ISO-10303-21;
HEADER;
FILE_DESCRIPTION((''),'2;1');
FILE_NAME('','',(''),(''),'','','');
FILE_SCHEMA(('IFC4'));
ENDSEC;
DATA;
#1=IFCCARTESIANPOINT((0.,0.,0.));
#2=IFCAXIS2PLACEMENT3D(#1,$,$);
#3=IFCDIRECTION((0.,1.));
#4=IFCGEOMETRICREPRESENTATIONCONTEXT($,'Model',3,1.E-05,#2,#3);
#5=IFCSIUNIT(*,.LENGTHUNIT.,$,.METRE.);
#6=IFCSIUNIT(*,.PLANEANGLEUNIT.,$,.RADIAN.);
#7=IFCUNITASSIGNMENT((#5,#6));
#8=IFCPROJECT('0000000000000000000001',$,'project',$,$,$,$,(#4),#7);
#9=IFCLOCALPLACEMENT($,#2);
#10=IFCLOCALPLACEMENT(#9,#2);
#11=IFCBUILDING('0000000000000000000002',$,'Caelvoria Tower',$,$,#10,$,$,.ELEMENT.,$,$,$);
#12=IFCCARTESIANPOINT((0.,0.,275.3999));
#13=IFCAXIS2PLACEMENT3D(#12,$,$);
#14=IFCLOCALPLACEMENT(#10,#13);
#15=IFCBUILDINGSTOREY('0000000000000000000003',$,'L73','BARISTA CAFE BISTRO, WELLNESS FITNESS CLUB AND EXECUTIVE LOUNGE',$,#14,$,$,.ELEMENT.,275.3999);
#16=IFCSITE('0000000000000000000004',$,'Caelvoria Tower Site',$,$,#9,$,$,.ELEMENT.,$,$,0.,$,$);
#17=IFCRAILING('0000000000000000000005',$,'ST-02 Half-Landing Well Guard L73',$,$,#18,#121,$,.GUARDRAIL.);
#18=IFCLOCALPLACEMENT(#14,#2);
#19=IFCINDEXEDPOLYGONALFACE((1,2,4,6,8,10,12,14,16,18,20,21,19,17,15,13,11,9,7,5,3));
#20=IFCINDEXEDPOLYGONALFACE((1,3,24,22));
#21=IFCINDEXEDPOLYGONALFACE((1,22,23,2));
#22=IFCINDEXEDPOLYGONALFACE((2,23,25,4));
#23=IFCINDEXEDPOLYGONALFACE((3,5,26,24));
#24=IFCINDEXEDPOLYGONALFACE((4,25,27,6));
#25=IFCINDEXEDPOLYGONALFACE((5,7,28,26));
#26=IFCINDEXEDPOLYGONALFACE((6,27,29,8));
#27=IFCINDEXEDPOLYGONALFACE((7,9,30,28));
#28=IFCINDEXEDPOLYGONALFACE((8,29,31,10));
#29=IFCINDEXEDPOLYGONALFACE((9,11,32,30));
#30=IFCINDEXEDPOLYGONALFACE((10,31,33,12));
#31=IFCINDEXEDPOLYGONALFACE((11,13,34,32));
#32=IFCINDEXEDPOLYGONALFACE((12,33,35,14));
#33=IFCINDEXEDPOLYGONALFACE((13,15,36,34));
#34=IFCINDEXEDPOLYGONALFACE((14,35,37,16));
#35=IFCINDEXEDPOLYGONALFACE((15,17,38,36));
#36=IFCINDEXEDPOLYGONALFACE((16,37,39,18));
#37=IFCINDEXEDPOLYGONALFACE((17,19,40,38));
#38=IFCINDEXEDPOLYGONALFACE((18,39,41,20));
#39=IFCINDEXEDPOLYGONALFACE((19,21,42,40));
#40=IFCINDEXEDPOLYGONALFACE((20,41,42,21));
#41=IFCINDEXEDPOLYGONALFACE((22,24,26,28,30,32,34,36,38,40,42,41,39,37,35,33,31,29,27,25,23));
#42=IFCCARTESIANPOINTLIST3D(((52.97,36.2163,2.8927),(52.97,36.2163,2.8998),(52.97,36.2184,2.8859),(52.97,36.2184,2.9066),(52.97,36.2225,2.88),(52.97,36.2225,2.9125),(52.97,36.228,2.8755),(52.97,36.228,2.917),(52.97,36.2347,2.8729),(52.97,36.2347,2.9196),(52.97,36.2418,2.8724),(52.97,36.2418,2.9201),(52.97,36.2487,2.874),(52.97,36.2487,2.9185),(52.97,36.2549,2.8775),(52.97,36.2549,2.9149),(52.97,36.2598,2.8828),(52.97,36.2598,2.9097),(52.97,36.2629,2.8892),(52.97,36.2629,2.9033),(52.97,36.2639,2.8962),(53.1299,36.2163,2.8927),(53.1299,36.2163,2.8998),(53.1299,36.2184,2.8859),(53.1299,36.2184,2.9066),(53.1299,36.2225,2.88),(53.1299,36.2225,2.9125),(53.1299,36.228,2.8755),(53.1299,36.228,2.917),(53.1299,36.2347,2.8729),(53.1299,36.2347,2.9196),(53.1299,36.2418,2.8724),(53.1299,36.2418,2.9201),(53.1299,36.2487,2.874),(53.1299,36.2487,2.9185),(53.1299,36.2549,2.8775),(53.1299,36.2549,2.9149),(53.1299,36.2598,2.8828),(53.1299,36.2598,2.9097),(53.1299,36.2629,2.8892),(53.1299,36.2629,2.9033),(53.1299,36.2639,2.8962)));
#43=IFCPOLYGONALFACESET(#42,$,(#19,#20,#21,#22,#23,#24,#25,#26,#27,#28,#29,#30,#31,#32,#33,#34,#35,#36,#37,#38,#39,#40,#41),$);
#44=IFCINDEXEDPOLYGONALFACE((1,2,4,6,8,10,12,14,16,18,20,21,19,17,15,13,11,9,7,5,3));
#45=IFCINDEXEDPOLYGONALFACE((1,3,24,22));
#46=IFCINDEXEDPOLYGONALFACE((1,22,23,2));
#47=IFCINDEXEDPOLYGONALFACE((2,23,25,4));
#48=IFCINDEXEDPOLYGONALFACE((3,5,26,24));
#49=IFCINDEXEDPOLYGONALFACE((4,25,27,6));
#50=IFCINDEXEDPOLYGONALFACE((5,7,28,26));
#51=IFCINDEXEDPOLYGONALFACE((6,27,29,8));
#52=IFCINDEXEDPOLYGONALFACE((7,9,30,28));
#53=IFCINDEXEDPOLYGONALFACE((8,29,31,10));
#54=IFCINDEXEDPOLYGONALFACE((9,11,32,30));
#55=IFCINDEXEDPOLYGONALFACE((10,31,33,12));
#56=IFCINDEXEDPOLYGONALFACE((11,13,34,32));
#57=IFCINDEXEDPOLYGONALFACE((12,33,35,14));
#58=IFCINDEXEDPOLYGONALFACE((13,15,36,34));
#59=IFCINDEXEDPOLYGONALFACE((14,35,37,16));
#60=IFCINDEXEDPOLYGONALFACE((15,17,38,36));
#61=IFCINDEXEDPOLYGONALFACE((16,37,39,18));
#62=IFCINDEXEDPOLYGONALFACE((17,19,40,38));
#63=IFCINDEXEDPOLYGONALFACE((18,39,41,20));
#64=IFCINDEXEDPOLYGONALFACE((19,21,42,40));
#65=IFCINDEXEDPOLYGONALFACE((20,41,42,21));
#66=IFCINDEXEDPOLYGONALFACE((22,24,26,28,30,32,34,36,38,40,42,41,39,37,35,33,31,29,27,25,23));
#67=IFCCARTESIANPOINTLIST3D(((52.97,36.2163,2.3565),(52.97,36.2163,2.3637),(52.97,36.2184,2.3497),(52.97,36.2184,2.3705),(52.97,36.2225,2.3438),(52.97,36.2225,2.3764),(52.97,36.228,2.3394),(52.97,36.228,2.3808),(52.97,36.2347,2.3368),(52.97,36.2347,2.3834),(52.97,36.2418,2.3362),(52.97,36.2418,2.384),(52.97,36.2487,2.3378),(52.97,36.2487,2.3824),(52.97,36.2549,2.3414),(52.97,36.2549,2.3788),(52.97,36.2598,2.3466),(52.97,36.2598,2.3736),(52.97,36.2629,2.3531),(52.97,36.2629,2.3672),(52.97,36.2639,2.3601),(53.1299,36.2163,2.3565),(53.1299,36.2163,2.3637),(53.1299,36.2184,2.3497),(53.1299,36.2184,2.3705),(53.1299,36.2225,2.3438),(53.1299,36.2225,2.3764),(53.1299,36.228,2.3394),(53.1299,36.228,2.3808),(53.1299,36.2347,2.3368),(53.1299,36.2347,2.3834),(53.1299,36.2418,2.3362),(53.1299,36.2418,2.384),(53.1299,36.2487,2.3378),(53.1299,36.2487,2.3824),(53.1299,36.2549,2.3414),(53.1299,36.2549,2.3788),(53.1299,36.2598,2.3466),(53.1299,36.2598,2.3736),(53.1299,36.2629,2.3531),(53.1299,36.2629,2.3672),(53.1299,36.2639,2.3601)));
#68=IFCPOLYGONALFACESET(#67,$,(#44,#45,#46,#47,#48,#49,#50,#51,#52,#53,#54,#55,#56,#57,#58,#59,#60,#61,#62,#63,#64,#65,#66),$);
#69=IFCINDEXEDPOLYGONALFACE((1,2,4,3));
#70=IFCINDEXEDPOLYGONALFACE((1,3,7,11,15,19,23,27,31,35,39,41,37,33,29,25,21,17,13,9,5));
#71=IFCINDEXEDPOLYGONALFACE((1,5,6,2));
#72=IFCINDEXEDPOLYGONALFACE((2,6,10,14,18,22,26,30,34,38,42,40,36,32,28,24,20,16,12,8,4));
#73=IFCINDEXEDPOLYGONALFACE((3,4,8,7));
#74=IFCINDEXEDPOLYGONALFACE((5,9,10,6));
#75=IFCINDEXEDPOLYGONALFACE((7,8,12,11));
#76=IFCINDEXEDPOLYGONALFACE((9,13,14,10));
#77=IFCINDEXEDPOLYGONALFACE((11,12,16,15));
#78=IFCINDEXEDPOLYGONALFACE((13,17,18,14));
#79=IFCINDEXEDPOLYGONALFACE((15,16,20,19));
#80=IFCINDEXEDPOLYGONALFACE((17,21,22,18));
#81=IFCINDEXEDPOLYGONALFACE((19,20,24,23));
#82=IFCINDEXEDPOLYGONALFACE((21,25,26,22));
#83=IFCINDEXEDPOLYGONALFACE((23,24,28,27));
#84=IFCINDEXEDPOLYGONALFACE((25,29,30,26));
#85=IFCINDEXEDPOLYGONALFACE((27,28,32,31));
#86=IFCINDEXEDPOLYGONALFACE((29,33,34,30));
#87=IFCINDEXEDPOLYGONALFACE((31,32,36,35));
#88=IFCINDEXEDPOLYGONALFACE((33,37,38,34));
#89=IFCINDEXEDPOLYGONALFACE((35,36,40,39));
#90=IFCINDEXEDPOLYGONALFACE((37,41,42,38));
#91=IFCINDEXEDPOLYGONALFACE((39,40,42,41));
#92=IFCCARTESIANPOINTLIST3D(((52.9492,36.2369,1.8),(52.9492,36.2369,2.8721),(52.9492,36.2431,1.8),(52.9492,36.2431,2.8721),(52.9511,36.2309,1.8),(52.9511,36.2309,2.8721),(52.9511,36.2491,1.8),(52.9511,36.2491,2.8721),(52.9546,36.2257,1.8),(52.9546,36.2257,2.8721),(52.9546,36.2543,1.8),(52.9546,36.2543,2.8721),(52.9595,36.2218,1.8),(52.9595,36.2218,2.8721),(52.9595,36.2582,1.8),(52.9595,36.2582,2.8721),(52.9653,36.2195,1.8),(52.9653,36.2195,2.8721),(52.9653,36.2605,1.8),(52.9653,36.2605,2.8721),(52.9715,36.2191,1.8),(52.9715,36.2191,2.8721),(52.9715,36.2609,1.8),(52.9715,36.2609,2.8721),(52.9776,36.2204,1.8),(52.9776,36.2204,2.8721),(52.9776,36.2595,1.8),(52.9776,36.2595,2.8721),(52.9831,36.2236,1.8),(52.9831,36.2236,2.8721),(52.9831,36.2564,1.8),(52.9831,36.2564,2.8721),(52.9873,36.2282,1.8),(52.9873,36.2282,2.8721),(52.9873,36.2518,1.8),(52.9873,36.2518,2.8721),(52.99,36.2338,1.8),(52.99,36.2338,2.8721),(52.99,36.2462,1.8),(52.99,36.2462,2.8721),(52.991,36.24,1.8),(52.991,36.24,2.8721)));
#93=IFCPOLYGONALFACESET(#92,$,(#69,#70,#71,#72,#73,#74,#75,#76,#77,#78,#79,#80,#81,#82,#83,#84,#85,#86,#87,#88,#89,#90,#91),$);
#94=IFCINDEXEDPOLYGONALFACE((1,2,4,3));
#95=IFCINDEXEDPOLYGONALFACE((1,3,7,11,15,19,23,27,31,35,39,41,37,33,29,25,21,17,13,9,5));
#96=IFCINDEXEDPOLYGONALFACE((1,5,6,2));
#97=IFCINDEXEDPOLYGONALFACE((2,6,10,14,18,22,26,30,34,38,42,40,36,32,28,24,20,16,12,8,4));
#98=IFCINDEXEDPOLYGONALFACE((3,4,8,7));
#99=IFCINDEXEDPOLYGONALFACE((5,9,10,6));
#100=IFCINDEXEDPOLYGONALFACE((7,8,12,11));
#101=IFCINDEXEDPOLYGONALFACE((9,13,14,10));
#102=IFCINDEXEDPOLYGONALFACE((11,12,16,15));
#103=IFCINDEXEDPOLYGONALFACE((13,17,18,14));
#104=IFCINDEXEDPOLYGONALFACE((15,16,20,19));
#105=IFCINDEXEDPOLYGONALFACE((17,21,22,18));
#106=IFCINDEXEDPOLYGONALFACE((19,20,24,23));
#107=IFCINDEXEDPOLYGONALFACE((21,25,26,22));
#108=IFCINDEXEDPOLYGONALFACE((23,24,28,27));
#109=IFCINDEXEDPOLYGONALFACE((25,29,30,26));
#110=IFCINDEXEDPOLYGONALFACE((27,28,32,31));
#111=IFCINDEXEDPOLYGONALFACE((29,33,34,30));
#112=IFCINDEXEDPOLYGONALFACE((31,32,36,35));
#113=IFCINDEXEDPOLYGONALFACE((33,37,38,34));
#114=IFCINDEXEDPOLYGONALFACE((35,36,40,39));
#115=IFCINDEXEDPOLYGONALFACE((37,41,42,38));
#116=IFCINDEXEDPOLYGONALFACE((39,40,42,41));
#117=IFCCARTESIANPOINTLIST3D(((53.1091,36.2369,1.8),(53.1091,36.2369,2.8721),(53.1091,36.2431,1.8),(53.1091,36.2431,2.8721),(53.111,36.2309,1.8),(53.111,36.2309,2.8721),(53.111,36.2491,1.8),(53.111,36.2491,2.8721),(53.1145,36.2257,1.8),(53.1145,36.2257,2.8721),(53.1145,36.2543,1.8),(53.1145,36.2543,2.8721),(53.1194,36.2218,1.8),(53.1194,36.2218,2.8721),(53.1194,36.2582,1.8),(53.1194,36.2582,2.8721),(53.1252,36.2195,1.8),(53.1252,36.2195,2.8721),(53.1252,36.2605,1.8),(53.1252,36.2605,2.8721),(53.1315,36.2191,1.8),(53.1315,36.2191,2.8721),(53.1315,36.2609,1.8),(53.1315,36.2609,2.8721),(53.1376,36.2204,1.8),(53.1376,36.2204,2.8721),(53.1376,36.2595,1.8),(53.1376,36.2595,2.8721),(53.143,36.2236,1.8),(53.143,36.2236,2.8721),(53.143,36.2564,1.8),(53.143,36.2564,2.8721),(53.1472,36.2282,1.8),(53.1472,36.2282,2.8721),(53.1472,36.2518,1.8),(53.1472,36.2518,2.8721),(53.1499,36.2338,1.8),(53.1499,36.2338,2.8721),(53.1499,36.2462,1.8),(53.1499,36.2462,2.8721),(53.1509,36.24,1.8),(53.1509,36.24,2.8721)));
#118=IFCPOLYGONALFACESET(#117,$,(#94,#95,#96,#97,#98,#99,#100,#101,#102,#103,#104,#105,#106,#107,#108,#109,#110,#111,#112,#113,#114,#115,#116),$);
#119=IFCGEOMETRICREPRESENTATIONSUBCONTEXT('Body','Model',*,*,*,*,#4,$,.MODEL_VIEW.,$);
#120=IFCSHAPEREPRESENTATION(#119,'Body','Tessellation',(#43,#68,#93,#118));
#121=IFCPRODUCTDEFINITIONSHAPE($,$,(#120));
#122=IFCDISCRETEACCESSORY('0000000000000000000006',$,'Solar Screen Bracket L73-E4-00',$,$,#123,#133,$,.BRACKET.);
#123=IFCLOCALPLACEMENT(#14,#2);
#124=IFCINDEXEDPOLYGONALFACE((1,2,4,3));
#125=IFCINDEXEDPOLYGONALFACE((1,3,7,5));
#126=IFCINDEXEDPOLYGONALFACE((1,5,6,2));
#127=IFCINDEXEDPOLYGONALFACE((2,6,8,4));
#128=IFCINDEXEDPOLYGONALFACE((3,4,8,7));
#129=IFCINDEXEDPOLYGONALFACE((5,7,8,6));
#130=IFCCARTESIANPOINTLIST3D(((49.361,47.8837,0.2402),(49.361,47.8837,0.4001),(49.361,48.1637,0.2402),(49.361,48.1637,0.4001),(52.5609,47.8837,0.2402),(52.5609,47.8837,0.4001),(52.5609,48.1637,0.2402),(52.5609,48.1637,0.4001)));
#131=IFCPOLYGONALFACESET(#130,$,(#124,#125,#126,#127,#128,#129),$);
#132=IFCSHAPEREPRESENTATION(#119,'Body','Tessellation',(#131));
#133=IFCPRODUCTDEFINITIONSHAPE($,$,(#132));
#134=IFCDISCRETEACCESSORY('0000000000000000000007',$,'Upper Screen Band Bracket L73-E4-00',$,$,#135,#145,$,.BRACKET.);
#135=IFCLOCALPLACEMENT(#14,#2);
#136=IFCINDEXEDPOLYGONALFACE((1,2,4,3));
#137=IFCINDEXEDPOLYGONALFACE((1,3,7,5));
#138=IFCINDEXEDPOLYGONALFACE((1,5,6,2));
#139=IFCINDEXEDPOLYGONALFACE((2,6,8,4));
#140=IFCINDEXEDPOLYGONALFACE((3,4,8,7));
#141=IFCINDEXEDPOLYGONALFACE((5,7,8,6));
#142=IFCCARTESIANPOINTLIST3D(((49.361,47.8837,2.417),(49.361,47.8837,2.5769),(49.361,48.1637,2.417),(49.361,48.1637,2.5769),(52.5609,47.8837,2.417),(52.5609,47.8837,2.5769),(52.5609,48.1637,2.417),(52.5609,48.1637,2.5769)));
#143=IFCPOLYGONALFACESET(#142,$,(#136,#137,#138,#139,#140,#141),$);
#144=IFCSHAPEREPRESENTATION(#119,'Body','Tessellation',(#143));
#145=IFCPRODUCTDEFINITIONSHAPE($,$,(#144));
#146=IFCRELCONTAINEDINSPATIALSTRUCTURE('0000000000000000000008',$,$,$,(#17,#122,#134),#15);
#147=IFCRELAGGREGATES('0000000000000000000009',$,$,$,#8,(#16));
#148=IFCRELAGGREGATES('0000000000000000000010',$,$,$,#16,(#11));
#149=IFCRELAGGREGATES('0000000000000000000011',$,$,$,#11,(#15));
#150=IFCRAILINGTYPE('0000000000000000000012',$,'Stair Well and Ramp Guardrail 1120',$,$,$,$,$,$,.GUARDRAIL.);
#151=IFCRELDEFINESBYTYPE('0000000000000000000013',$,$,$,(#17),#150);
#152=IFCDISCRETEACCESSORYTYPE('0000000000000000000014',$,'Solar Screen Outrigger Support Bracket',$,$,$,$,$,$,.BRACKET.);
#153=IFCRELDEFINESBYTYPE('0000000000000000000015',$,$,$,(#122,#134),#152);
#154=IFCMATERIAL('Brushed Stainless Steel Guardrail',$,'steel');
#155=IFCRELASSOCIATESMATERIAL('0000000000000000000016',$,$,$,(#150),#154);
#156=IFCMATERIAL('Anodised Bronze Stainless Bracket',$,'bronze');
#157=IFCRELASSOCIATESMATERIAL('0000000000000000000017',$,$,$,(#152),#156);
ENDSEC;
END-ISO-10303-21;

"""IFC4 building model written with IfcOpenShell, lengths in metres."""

from ifc_helpers import new_model, si_unit, direction, frame, origin, origin_2d, place, context, subcontext, project, spatial, rectangle, circle, extrude, material, type_object, element, save


model = new_model("IFC4")

# Units and contexts
model_context = context("Model", 3, precision=1e-05, world=origin(), true_north=direction((0.0, 1.0)))
body_context = subcontext(model_context, "Body", "Model", "MODEL_VIEW")
ifc_project = project(units=[si_unit("LENGTHUNIT", "METRE"), si_unit("PLANEANGLEUNIT", "RADIAN")], contexts=[model_context])

# Site, building, storey
site_placement = place(None, origin())
site = spatial("IfcSite", under=ifc_project, at=site_placement, Name="Caelvoria Tower Site", CompositionType="ELEMENT", RefElevation=0.0)
building_placement = place(site_placement, origin())
building = spatial("IfcBuilding", under=site, at=building_placement, Name="Caelvoria Tower", CompositionType="ELEMENT")
storey_placement = place(building_placement, frame((0.0, 0.0, 275.3999)))
storey = spatial("IfcBuildingStorey", under=building, at=storey_placement, Name="L73", Description="BARISTA CAFE BISTRO, WELLNESS FITNESS CLUB AND EXECUTIVE LOUNGE", CompositionType="ELEMENT", Elevation=275.3999)

# Railing
ifc_material_1 = material(Name="Brushed Stainless Steel Guardrail", Category="steel")
railing_type_1 = type_object("IfcRailingType", Name="Stair Well and Ramp Guardrail 1120", PredefinedType="GUARDRAIL", material=ifc_material_1)
railing_1_placement = place(storey_placement, frame((52.97, 36.24, 1.8)))
element("IfcRailing", 1, at=railing_1_placement, inside=storey, type_object=railing_type_1, Name="ST-02 Half-Landing Well Guard L73", PredefinedType="GUARDRAIL", context=body_context, shape_type="SweptSolid", body=[
    extrude(circle(Radius=0.0239, at=origin_2d()), frame((0.0, 0.0, 1.0962), z_axis=(1.0, 0.0, 0.0), x_axis=(0.0, 1.0, 0.0)), (0.0, 0.0, 1.0), 0.1599),
    extrude(circle(Radius=0.0239, at=origin_2d()), frame((0.0, 0.0, 0.5601), z_axis=(1.0, 0.0, 0.0), x_axis=(0.0, 1.0, 0.0)), (0.0, 0.0, 1.0), 0.1599),
    extrude(circle(Radius=0.021, at=origin_2d()), origin(), (0.0, 0.0, 1.0), 1.072),
    extrude(circle(Radius=0.021, at=origin_2d()), frame((0.1599, 0.0, 0.0)), (0.0, 0.0, 1.0), 1.072),
])

# Discrete accessories
ifc_material_2 = material(Name="Anodised Bronze Stainless Bracket", Category="bronze")
discrete_accessory_type = type_object("IfcDiscreteAccessoryType", Name="Solar Screen Outrigger Support Bracket", PredefinedType="BRACKET", material=ifc_material_2)
for number, where, z_axis, x_axis, name in (
    (2, (50.9609, 48.0237, 0.2402), (0.0, 0.0, 1.0), (-1.0, 0.0, 0.0), "Solar Screen Bracket L73-E4-00"),
    (3, (50.9609, 48.0237, 2.417), (0.0, 0.0, 1.0), (-1.0, 0.0, 0.0), "Upper Screen Band Bracket L73-E4-00"),
):
    element("IfcDiscreteAccessory", number, at=place(storey_placement, frame(where, z_axis=z_axis, x_axis=x_axis)), inside=storey, type_object=discrete_accessory_type, Name=name, PredefinedType="BRACKET", context=body_context, shape_type="SweptSolid", body=[
        extrude(rectangle(XDim=3.2, YDim=0.28, at=origin_2d()), origin(), (0.0, 0.0, 1.0), 0.1599),
    ])

save(model, "model.ifc")
